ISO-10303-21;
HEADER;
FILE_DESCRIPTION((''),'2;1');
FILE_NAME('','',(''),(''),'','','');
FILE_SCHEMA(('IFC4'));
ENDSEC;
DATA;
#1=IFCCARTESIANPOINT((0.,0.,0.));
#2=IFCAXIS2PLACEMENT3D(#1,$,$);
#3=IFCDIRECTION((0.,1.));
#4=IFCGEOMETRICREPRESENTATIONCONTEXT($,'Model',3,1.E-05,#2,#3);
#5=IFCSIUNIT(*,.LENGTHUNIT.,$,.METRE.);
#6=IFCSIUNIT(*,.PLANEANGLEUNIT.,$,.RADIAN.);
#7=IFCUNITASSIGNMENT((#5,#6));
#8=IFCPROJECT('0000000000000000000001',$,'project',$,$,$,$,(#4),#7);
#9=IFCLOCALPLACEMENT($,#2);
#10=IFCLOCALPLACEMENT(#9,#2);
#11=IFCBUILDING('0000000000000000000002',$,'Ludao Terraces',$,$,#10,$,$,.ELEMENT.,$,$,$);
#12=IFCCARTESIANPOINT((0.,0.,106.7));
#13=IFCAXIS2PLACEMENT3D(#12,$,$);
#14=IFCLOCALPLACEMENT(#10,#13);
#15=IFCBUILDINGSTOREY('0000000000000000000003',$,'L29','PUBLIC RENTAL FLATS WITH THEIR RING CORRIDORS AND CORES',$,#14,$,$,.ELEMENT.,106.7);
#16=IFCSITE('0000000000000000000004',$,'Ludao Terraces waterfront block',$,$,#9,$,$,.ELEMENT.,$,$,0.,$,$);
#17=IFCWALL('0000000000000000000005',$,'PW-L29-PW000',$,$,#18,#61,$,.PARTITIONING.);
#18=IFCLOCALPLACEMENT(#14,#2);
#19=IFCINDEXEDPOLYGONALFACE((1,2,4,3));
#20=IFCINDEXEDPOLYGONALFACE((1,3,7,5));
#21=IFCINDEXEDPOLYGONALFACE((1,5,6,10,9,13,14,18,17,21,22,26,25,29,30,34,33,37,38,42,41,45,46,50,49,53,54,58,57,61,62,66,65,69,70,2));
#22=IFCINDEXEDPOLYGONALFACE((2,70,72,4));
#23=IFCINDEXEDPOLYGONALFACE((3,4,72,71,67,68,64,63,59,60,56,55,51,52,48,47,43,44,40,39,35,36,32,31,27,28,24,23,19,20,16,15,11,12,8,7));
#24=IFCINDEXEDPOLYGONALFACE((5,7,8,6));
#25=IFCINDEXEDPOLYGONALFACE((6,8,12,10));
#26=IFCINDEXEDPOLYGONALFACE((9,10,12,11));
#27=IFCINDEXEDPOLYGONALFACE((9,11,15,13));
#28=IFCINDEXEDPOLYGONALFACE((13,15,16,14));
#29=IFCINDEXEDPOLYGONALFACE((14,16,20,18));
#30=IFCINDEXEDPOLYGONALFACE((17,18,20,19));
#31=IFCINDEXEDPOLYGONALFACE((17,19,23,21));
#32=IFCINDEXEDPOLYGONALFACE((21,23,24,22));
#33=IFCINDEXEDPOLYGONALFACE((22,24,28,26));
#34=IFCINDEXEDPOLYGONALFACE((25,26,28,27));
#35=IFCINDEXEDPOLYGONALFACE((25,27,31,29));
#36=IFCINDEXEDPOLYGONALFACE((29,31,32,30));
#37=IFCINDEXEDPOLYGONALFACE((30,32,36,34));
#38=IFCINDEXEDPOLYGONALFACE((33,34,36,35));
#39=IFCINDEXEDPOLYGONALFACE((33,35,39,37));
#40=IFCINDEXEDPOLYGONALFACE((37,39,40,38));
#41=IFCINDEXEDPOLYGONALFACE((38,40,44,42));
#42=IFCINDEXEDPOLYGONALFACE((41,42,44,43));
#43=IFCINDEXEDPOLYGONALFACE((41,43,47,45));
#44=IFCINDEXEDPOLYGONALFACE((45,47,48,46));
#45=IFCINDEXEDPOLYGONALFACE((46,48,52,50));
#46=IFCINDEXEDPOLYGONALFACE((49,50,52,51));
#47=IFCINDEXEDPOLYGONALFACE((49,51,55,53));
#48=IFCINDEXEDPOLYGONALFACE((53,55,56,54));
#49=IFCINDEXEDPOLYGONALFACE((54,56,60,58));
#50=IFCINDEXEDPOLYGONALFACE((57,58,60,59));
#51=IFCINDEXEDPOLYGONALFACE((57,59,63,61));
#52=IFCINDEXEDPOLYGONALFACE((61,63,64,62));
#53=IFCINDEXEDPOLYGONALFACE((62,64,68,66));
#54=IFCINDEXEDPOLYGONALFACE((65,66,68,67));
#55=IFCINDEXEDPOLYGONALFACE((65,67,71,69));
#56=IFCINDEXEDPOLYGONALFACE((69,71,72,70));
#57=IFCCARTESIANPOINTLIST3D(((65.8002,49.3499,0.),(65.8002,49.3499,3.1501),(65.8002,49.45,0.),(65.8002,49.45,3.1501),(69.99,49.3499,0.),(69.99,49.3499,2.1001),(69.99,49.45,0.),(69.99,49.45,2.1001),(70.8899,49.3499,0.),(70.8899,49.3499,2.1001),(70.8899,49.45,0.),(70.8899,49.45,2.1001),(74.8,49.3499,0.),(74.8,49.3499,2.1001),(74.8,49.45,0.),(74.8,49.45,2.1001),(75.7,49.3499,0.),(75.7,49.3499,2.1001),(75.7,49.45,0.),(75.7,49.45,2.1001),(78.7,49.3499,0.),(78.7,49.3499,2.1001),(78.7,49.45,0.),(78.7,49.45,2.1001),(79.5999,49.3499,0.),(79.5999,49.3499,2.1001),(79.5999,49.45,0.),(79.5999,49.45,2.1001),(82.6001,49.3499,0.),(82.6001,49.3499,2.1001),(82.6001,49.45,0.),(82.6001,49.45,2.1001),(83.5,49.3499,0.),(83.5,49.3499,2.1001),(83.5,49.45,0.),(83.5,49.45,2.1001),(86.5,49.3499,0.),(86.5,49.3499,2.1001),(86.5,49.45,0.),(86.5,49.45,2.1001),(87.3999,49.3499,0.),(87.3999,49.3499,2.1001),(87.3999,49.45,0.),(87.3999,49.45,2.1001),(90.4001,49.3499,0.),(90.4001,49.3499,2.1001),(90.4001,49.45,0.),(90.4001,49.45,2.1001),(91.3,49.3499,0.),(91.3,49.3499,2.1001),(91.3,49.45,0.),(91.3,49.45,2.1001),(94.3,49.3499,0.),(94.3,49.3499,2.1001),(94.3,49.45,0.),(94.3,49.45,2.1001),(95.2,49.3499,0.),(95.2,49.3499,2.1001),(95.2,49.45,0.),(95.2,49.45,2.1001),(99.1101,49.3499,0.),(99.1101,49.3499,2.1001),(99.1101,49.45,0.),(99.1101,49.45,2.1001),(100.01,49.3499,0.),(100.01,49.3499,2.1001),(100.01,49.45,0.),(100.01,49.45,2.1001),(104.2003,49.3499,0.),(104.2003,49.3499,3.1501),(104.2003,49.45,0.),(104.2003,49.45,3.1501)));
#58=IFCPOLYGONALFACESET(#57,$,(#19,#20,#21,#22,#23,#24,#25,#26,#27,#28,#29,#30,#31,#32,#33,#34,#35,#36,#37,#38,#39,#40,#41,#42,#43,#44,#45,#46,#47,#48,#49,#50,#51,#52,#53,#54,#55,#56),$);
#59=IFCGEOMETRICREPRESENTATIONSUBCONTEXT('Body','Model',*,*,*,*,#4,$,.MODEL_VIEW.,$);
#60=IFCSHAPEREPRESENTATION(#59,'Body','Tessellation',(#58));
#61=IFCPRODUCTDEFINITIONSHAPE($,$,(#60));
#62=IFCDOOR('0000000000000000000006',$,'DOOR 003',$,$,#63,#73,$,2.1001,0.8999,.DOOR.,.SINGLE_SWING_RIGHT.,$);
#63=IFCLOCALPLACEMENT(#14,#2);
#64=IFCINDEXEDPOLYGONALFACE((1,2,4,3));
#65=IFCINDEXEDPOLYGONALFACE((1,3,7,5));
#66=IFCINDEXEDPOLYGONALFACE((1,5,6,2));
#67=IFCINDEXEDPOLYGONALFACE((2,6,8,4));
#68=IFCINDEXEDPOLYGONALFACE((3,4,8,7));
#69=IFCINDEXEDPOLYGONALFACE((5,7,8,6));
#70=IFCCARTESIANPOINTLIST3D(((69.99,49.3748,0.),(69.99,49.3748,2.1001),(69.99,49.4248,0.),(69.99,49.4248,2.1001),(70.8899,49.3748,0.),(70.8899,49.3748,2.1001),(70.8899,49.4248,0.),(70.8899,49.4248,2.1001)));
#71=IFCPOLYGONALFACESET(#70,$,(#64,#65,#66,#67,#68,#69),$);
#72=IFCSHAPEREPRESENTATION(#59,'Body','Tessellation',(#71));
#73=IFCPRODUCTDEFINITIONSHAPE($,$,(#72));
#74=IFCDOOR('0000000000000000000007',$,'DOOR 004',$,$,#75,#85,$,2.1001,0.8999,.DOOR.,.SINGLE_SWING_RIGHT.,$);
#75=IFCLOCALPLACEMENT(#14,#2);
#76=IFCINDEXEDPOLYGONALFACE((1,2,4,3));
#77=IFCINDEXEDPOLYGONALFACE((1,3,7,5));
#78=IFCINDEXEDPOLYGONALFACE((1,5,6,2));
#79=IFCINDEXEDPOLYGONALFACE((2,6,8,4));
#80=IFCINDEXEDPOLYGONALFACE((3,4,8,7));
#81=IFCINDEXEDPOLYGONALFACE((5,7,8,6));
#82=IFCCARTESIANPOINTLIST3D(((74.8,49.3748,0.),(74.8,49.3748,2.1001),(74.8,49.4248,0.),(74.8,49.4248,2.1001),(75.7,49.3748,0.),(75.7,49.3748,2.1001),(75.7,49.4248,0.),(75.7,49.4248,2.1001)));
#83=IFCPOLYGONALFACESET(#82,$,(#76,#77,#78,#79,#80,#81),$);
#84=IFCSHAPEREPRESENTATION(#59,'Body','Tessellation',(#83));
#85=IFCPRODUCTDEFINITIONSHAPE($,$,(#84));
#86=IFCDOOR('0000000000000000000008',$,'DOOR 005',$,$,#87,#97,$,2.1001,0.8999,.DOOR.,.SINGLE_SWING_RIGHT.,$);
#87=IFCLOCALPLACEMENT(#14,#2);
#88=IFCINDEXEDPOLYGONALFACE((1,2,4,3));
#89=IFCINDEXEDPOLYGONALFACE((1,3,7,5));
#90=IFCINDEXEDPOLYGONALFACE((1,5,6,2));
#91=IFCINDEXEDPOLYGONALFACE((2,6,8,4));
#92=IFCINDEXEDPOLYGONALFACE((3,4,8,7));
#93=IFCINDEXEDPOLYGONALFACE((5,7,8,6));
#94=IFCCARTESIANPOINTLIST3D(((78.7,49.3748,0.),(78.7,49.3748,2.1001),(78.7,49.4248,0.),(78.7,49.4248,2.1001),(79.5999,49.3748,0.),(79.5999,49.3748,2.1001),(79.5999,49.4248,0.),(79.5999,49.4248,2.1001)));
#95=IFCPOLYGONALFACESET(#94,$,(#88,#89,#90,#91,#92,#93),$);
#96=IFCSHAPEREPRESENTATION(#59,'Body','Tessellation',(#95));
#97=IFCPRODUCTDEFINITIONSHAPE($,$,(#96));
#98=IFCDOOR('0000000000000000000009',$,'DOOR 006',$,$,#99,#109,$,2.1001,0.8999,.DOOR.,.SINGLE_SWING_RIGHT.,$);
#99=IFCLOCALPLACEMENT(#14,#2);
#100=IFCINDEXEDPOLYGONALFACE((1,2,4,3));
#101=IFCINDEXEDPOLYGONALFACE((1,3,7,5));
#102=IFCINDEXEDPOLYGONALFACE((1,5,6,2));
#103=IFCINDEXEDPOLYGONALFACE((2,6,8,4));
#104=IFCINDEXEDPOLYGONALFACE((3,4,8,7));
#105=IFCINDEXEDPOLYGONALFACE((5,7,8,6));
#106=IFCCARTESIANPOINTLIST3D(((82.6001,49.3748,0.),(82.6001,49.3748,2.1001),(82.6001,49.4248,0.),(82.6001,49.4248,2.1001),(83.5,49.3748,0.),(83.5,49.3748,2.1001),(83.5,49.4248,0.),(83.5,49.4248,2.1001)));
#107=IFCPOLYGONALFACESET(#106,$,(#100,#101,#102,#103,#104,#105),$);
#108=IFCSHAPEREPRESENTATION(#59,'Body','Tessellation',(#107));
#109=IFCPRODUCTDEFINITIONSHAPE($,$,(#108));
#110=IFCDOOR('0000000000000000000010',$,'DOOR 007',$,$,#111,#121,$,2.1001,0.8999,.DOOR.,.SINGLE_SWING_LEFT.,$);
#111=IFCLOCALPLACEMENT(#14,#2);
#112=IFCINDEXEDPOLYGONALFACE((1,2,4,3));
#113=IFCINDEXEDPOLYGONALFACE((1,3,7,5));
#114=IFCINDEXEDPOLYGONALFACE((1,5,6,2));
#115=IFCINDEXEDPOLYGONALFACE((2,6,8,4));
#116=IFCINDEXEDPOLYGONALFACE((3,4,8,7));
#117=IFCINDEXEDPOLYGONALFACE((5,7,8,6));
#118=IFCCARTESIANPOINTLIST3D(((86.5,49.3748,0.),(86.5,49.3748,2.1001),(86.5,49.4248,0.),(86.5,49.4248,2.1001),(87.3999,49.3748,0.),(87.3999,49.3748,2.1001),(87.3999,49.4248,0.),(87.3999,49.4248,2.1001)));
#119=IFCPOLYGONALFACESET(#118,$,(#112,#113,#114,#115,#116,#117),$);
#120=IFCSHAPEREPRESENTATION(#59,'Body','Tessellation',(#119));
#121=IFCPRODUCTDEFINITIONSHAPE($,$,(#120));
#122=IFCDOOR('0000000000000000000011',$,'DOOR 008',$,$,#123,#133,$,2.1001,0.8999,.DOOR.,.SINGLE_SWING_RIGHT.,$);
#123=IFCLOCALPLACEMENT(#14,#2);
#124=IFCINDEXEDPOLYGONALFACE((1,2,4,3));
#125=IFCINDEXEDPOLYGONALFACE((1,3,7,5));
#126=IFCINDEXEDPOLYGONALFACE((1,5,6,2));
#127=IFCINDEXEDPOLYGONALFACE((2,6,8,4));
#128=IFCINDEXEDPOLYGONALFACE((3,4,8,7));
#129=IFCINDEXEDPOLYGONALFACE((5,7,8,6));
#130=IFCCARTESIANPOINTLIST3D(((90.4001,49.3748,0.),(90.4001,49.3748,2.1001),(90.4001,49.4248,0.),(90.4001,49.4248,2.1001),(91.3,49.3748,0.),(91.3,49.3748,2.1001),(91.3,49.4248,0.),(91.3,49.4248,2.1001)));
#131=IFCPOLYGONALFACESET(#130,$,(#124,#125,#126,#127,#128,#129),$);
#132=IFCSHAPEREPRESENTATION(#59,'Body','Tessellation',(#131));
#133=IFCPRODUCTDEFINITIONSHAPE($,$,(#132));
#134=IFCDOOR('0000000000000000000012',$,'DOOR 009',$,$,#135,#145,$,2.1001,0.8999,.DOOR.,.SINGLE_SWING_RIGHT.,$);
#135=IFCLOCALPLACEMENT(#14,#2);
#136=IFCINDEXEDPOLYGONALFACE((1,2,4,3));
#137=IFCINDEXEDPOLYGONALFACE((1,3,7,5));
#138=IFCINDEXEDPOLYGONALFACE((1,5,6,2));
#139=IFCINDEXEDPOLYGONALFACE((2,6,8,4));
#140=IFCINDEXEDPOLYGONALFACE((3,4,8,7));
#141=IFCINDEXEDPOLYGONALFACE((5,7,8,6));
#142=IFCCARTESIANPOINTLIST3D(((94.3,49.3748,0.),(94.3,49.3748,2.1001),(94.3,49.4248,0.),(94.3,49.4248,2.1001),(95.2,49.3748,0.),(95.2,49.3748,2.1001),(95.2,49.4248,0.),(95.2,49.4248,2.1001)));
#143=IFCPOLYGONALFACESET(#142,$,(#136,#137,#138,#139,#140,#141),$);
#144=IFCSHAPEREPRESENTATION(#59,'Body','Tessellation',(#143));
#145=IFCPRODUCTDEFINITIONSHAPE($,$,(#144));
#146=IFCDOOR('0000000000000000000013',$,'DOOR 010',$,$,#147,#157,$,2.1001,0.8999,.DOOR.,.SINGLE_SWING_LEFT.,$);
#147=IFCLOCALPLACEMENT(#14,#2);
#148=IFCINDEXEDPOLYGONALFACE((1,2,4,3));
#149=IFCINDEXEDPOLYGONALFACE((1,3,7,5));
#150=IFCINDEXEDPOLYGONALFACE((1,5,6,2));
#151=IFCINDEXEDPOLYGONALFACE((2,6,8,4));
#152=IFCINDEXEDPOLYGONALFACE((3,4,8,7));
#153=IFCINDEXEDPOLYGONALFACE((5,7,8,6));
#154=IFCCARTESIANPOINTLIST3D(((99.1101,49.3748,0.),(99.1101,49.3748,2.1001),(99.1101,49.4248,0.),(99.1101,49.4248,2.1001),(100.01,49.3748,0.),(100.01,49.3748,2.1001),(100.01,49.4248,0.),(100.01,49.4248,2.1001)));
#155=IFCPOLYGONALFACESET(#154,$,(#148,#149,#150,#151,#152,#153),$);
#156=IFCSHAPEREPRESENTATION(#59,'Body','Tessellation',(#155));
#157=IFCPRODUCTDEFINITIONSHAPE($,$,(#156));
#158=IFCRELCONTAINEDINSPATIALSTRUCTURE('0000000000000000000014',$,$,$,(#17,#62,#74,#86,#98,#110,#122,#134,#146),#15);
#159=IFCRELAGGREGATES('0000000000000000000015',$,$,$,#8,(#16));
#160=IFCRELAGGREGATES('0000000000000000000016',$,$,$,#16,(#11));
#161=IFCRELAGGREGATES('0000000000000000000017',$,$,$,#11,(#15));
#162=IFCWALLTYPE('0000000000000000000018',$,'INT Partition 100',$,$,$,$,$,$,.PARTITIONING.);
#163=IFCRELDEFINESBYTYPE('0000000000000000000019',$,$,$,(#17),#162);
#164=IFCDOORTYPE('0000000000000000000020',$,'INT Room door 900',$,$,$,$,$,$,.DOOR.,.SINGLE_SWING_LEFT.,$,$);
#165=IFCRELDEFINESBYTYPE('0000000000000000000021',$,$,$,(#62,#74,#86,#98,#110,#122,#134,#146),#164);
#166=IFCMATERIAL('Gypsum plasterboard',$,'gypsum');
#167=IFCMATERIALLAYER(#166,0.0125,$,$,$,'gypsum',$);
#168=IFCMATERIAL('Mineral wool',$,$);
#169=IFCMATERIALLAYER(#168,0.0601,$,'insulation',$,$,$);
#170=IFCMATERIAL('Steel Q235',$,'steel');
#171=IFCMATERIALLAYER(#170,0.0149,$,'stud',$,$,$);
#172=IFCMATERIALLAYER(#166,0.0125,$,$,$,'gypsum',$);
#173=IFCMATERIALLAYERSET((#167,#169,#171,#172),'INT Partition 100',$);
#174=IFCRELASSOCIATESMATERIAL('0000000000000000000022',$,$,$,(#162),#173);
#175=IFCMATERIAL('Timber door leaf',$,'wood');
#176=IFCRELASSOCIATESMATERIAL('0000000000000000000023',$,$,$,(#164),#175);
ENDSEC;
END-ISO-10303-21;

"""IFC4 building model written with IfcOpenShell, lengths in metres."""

from ifc_helpers import new_model, si_unit, direction, frame, frame_2d, origin, place, context, subcontext, project, spatial, rectangle, extrude, material, layer, layer_set, type_object, element, fill, save


model = new_model("IFC4")

# Units and contexts
model_context = context("Model", 3, precision=1e-05, world=origin(), true_north=direction((0.0, 1.0)))
body_context = subcontext(model_context, "Body", "Model", "MODEL_VIEW")
ifc_project = project(units=[si_unit("LENGTHUNIT", "METRE"), si_unit("PLANEANGLEUNIT", "RADIAN")], contexts=[model_context])

# Site, building, storey
site_placement = place(None, origin())
site = spatial("IfcSite", under=ifc_project, at=site_placement, Name="Ludao Terraces waterfront block", CompositionType="ELEMENT", RefElevation=0.0)
building_placement = place(site_placement, origin())
building = spatial("IfcBuilding", under=site, at=building_placement, Name="Ludao Terraces", CompositionType="ELEMENT")
storey_placement = place(building_placement, frame((0.0, 0.0, 106.7)))
storey = spatial("IfcBuildingStorey", under=building, at=storey_placement, Name="L29", Description="PUBLIC RENTAL FLATS WITH THEIR RING CORRIDORS AND CORES", CompositionType="ELEMENT", Elevation=106.7)

# Shared definitions
ifc_material_1 = material(Name="Mineral wool")

# Wall, openings, doors
ifc_material_2 = material(Name="Gypsum plasterboard", Category="gypsum")
ifc_layer_1 = layer(ifc_material_2, 0.0125, Category="gypsum")
ifc_layer_2 = layer(ifc_material_1, 0.0601, Name="insulation")
ifc_material_3 = material(Name="Steel Q235", Category="steel")
ifc_layer_3 = layer(ifc_material_3, 0.0149, Name="stud")
ifc_layer_4 = layer(ifc_material_2, 0.0125, Category="gypsum")
ifc_layer_set_1 = layer_set([ifc_layer_1, ifc_layer_2, ifc_layer_3, ifc_layer_4], Name="INT Partition 100")
wall_type_1 = type_object("IfcWallType", Name="INT Partition 100", PredefinedType="PARTITIONING", material=ifc_layer_set_1)
wall_1_placement = place(storey_placement, frame((65.8, 49.3999, 0.0), z_axis=(0.0, 0.0, 1.0), x_axis=(1.0, 0.0, 0.0)))
wall_1 = element("IfcWall", 1, at=wall_1_placement, inside=storey, type_object=wall_type_1, Name="PW-L29-PW000", PredefinedType="PARTITIONING", context=body_context, shape_type="SweptSolid", body=[
    extrude(rectangle(XDim=38.4001, YDim=0.1001, at=frame_2d((19.2002, 0.0))), origin(), (0.0, 0.0, 1.0), 3.1501),
])
opening_1_placement = place(wall_1_placement, frame((4.1899, 0.0, 0.0)))
opening_1 = element("IfcOpeningElement", 2, at=opening_1_placement, cuts=wall_1, PredefinedType="OPENING", context=body_context, shape_type="SweptSolid", body=[
    extrude(rectangle(XDim=0.8999, YDim=2.1001, at=frame_2d((0.45, 1.05))), frame((0.0, 0.0601, 0.0), z_axis=(0.0, -1.0, 0.0), x_axis=(1.0, 0.0, 0.0)), (0.0, 0.0, 1.0), 0.1201),
])
opening_2_placement = place(wall_1_placement, frame((9.0, 0.0, 0.0)))
opening_2 = element("IfcOpeningElement", 3, at=opening_2_placement, cuts=wall_1, PredefinedType="OPENING", context=body_context, shape_type="SweptSolid", body=[
    extrude(rectangle(XDim=0.8999, YDim=2.1001, at=frame_2d((0.45, 1.05))), frame((0.0, 0.0601, 0.0), z_axis=(0.0, -1.0, 0.0), x_axis=(1.0, 0.0, 0.0)), (0.0, 0.0, 1.0), 0.1201),
])
opening_3_placement = place(wall_1_placement, frame((12.8999, 0.0, 0.0)))
opening_3 = element("IfcOpeningElement", 4, at=opening_3_placement, cuts=wall_1, PredefinedType="OPENING", context=body_context, shape_type="SweptSolid", body=[
    extrude(rectangle(XDim=0.8999, YDim=2.1001, at=frame_2d((0.45, 1.05))), frame((0.0, 0.0601, 0.0), z_axis=(0.0, -1.0, 0.0), x_axis=(1.0, 0.0, 0.0)), (0.0, 0.0, 1.0), 0.1201),
])
opening_4_placement = place(wall_1_placement, frame((16.8, 0.0, 0.0)))
opening_4 = element("IfcOpeningElement", 5, at=opening_4_placement, cuts=wall_1, PredefinedType="OPENING", context=body_context, shape_type="SweptSolid", body=[
    extrude(rectangle(XDim=0.8999, YDim=2.1001, at=frame_2d((0.45, 1.05))), frame((0.0, 0.0601, 0.0), z_axis=(0.0, -1.0, 0.0), x_axis=(1.0, 0.0, 0.0)), (0.0, 0.0, 1.0), 0.1201),
])
opening_5_placement = place(wall_1_placement, frame((20.7, 0.0, 0.0)))
opening_5 = element("IfcOpeningElement", 6, at=opening_5_placement, cuts=wall_1, PredefinedType="OPENING", context=body_context, shape_type="SweptSolid", body=[
    extrude(rectangle(XDim=0.8999, YDim=2.1001, at=frame_2d((0.45, 1.05))), frame((0.0, 0.0601, 0.0), z_axis=(0.0, -1.0, 0.0), x_axis=(1.0, 0.0, 0.0)), (0.0, 0.0, 1.0), 0.1201),
])
opening_6_placement = place(wall_1_placement, frame((24.6001, 0.0, 0.0)))
opening_6 = element("IfcOpeningElement", 7, at=opening_6_placement, cuts=wall_1, PredefinedType="OPENING", context=body_context, shape_type="SweptSolid", body=[
    extrude(rectangle(XDim=0.8999, YDim=2.1001, at=frame_2d((0.45, 1.05))), frame((0.0, 0.0601, 0.0), z_axis=(0.0, -1.0, 0.0), x_axis=(1.0, 0.0, 0.0)), (0.0, 0.0, 1.0), 0.1201),
])
opening_7_placement = place(wall_1_placement, frame((28.5, 0.0, 0.0)))
opening_7 = element("IfcOpeningElement", 8, at=opening_7_placement, cuts=wall_1, PredefinedType="OPENING", context=body_context, shape_type="SweptSolid", body=[
    extrude(rectangle(XDim=0.8999, YDim=2.1001, at=frame_2d((0.45, 1.05))), frame((0.0, 0.0601, 0.0), z_axis=(0.0, -1.0, 0.0), x_axis=(1.0, 0.0, 0.0)), (0.0, 0.0, 1.0), 0.1201),
])
opening_8_placement = place(wall_1_placement, frame((33.3101, 0.0, 0.0)))
opening_8 = element("IfcOpeningElement", 9, at=opening_8_placement, cuts=wall_1, PredefinedType="OPENING", context=body_context, shape_type="SweptSolid", body=[
    extrude(rectangle(XDim=0.8999, YDim=2.1001, at=frame_2d((0.45, 1.05))), frame((0.0, 0.0601, 0.0), z_axis=(0.0, -1.0, 0.0), x_axis=(1.0, 0.0, 0.0)), (0.0, 0.0, 1.0), 0.1201),
])
ifc_material_4 = material(Name="Timber door leaf", Category="wood")
door_type = type_object("IfcDoorType", Name="INT Room door 900", OperationType="SINGLE_SWING_LEFT", PredefinedType="DOOR", material=ifc_material_4)
door_1_placement = place(opening_1_placement, origin())
door_1 = element("IfcDoor", 10, at=door_1_placement, inside=storey, type_object=door_type, Name="DOOR 003", OperationType="SINGLE_SWING_RIGHT", OverallHeight=2.1001, OverallWidth=0.8999, PredefinedType="DOOR", context=body_context, shape_type="SweptSolid", body=[
    extrude(rectangle(XDim=0.8999, YDim=2.1001, at=frame_2d((0.45, 1.05))), frame((0.0, 0.0249, 0.0), z_axis=(0.0, -1.0, 0.0), x_axis=(1.0, 0.0, 0.0)), (0.0, 0.0, 1.0), 0.05),
])
fill(opening_1, door_1)
door_2_placement = place(opening_2_placement, origin())
door_2 = element("IfcDoor", 11, at=door_2_placement, inside=storey, type_object=door_type, Name="DOOR 004", OperationType="SINGLE_SWING_RIGHT", OverallHeight=2.1001, OverallWidth=0.8999, PredefinedType="DOOR", context=body_context, shape_type="SweptSolid", body=[
    extrude(rectangle(XDim=0.8999, YDim=2.1001, at=frame_2d((0.45, 1.05))), frame((0.0, 0.0249, 0.0), z_axis=(0.0, -1.0, 0.0), x_axis=(1.0, 0.0, 0.0)), (0.0, 0.0, 1.0), 0.05),
])
fill(opening_2, door_2)
door_3_placement = place(opening_3_placement, origin())
door_3 = element("IfcDoor", 12, at=door_3_placement, inside=storey, type_object=door_type, Name="DOOR 005", OperationType="SINGLE_SWING_RIGHT", OverallHeight=2.1001, OverallWidth=0.8999, PredefinedType="DOOR", context=body_context, shape_type="SweptSolid", body=[
    extrude(rectangle(XDim=0.8999, YDim=2.1001, at=frame_2d((0.45, 1.05))), frame((0.0, 0.0249, 0.0), z_axis=(0.0, -1.0, 0.0), x_axis=(1.0, 0.0, 0.0)), (0.0, 0.0, 1.0), 0.05),
])
fill(opening_3, door_3)
door_4_placement = place(opening_4_placement, origin())
door_4 = element("IfcDoor", 13, at=door_4_placement, inside=storey, type_object=door_type, Name="DOOR 006", OperationType="SINGLE_SWING_RIGHT", OverallHeight=2.1001, OverallWidth=0.8999, PredefinedType="DOOR", context=body_context, shape_type="SweptSolid", body=[
    extrude(rectangle(XDim=0.8999, YDim=2.1001, at=frame_2d((0.45, 1.05))), frame((0.0, 0.0249, 0.0), z_axis=(0.0, -1.0, 0.0), x_axis=(1.0, 0.0, 0.0)), (0.0, 0.0, 1.0), 0.05),
])
fill(opening_4, door_4)
door_5_placement = place(opening_5_placement, origin())
door_5 = element("IfcDoor", 14, at=door_5_placement, inside=storey, type_object=door_type, Name="DOOR 007", OperationType="SINGLE_SWING_LEFT", OverallHeight=2.1001, OverallWidth=0.8999, PredefinedType="DOOR", context=body_context, shape_type="SweptSolid", body=[
    extrude(rectangle(XDim=0.8999, YDim=2.1001, at=frame_2d((0.45, 1.05))), frame((0.0, 0.0249, 0.0), z_axis=(0.0, -1.0, 0.0), x_axis=(1.0, 0.0, 0.0)), (0.0, 0.0, 1.0), 0.05),
])
fill(opening_5, door_5)
door_6_placement = place(opening_6_placement, origin())
door_6 = element("IfcDoor", 15, at=door_6_placement, inside=storey, type_object=door_type, Name="DOOR 008", OperationType="SINGLE_SWING_RIGHT", OverallHeight=2.1001, OverallWidth=0.8999, PredefinedType="DOOR", context=body_context, shape_type="SweptSolid", body=[
    extrude(rectangle(XDim=0.8999, YDim=2.1001, at=frame_2d((0.45, 1.05))), frame((0.0, 0.0249, 0.0), z_axis=(0.0, -1.0, 0.0), x_axis=(1.0, 0.0, 0.0)), (0.0, 0.0, 1.0), 0.05),
])
fill(opening_6, door_6)
door_7_placement = place(opening_7_placement, origin())
door_7 = element("IfcDoor", 16, at=door_7_placement, inside=storey, type_object=door_type, Name="DOOR 009", OperationType="SINGLE_SWING_RIGHT", OverallHeight=2.1001, OverallWidth=0.8999, PredefinedType="DOOR", context=body_context, shape_type="SweptSolid", body=[
    extrude(rectangle(XDim=0.8999, YDim=2.1001, at=frame_2d((0.45, 1.05))), frame((0.0, 0.0249, 0.0), z_axis=(0.0, -1.0, 0.0), x_axis=(1.0, 0.0, 0.0)), (0.0, 0.0, 1.0), 0.05),
])
fill(opening_7, door_7)
door_8_placement = place(opening_8_placement, origin())
door_8 = element("IfcDoor", 17, at=door_8_placement, inside=storey, type_object=door_type, Name="DOOR 010", OperationType="SINGLE_SWING_LEFT", OverallHeight=2.1001, OverallWidth=0.8999, PredefinedType="DOOR", context=body_context, shape_type="SweptSolid", body=[
    extrude(rectangle(XDim=0.8999, YDim=2.1001, at=frame_2d((0.45, 1.05))), frame((0.0, 0.0249, 0.0), z_axis=(0.0, -1.0, 0.0), x_axis=(1.0, 0.0, 0.0)), (0.0, 0.0, 1.0), 0.05),
])
fill(opening_8, door_8)

save(model, "model.ifc")
